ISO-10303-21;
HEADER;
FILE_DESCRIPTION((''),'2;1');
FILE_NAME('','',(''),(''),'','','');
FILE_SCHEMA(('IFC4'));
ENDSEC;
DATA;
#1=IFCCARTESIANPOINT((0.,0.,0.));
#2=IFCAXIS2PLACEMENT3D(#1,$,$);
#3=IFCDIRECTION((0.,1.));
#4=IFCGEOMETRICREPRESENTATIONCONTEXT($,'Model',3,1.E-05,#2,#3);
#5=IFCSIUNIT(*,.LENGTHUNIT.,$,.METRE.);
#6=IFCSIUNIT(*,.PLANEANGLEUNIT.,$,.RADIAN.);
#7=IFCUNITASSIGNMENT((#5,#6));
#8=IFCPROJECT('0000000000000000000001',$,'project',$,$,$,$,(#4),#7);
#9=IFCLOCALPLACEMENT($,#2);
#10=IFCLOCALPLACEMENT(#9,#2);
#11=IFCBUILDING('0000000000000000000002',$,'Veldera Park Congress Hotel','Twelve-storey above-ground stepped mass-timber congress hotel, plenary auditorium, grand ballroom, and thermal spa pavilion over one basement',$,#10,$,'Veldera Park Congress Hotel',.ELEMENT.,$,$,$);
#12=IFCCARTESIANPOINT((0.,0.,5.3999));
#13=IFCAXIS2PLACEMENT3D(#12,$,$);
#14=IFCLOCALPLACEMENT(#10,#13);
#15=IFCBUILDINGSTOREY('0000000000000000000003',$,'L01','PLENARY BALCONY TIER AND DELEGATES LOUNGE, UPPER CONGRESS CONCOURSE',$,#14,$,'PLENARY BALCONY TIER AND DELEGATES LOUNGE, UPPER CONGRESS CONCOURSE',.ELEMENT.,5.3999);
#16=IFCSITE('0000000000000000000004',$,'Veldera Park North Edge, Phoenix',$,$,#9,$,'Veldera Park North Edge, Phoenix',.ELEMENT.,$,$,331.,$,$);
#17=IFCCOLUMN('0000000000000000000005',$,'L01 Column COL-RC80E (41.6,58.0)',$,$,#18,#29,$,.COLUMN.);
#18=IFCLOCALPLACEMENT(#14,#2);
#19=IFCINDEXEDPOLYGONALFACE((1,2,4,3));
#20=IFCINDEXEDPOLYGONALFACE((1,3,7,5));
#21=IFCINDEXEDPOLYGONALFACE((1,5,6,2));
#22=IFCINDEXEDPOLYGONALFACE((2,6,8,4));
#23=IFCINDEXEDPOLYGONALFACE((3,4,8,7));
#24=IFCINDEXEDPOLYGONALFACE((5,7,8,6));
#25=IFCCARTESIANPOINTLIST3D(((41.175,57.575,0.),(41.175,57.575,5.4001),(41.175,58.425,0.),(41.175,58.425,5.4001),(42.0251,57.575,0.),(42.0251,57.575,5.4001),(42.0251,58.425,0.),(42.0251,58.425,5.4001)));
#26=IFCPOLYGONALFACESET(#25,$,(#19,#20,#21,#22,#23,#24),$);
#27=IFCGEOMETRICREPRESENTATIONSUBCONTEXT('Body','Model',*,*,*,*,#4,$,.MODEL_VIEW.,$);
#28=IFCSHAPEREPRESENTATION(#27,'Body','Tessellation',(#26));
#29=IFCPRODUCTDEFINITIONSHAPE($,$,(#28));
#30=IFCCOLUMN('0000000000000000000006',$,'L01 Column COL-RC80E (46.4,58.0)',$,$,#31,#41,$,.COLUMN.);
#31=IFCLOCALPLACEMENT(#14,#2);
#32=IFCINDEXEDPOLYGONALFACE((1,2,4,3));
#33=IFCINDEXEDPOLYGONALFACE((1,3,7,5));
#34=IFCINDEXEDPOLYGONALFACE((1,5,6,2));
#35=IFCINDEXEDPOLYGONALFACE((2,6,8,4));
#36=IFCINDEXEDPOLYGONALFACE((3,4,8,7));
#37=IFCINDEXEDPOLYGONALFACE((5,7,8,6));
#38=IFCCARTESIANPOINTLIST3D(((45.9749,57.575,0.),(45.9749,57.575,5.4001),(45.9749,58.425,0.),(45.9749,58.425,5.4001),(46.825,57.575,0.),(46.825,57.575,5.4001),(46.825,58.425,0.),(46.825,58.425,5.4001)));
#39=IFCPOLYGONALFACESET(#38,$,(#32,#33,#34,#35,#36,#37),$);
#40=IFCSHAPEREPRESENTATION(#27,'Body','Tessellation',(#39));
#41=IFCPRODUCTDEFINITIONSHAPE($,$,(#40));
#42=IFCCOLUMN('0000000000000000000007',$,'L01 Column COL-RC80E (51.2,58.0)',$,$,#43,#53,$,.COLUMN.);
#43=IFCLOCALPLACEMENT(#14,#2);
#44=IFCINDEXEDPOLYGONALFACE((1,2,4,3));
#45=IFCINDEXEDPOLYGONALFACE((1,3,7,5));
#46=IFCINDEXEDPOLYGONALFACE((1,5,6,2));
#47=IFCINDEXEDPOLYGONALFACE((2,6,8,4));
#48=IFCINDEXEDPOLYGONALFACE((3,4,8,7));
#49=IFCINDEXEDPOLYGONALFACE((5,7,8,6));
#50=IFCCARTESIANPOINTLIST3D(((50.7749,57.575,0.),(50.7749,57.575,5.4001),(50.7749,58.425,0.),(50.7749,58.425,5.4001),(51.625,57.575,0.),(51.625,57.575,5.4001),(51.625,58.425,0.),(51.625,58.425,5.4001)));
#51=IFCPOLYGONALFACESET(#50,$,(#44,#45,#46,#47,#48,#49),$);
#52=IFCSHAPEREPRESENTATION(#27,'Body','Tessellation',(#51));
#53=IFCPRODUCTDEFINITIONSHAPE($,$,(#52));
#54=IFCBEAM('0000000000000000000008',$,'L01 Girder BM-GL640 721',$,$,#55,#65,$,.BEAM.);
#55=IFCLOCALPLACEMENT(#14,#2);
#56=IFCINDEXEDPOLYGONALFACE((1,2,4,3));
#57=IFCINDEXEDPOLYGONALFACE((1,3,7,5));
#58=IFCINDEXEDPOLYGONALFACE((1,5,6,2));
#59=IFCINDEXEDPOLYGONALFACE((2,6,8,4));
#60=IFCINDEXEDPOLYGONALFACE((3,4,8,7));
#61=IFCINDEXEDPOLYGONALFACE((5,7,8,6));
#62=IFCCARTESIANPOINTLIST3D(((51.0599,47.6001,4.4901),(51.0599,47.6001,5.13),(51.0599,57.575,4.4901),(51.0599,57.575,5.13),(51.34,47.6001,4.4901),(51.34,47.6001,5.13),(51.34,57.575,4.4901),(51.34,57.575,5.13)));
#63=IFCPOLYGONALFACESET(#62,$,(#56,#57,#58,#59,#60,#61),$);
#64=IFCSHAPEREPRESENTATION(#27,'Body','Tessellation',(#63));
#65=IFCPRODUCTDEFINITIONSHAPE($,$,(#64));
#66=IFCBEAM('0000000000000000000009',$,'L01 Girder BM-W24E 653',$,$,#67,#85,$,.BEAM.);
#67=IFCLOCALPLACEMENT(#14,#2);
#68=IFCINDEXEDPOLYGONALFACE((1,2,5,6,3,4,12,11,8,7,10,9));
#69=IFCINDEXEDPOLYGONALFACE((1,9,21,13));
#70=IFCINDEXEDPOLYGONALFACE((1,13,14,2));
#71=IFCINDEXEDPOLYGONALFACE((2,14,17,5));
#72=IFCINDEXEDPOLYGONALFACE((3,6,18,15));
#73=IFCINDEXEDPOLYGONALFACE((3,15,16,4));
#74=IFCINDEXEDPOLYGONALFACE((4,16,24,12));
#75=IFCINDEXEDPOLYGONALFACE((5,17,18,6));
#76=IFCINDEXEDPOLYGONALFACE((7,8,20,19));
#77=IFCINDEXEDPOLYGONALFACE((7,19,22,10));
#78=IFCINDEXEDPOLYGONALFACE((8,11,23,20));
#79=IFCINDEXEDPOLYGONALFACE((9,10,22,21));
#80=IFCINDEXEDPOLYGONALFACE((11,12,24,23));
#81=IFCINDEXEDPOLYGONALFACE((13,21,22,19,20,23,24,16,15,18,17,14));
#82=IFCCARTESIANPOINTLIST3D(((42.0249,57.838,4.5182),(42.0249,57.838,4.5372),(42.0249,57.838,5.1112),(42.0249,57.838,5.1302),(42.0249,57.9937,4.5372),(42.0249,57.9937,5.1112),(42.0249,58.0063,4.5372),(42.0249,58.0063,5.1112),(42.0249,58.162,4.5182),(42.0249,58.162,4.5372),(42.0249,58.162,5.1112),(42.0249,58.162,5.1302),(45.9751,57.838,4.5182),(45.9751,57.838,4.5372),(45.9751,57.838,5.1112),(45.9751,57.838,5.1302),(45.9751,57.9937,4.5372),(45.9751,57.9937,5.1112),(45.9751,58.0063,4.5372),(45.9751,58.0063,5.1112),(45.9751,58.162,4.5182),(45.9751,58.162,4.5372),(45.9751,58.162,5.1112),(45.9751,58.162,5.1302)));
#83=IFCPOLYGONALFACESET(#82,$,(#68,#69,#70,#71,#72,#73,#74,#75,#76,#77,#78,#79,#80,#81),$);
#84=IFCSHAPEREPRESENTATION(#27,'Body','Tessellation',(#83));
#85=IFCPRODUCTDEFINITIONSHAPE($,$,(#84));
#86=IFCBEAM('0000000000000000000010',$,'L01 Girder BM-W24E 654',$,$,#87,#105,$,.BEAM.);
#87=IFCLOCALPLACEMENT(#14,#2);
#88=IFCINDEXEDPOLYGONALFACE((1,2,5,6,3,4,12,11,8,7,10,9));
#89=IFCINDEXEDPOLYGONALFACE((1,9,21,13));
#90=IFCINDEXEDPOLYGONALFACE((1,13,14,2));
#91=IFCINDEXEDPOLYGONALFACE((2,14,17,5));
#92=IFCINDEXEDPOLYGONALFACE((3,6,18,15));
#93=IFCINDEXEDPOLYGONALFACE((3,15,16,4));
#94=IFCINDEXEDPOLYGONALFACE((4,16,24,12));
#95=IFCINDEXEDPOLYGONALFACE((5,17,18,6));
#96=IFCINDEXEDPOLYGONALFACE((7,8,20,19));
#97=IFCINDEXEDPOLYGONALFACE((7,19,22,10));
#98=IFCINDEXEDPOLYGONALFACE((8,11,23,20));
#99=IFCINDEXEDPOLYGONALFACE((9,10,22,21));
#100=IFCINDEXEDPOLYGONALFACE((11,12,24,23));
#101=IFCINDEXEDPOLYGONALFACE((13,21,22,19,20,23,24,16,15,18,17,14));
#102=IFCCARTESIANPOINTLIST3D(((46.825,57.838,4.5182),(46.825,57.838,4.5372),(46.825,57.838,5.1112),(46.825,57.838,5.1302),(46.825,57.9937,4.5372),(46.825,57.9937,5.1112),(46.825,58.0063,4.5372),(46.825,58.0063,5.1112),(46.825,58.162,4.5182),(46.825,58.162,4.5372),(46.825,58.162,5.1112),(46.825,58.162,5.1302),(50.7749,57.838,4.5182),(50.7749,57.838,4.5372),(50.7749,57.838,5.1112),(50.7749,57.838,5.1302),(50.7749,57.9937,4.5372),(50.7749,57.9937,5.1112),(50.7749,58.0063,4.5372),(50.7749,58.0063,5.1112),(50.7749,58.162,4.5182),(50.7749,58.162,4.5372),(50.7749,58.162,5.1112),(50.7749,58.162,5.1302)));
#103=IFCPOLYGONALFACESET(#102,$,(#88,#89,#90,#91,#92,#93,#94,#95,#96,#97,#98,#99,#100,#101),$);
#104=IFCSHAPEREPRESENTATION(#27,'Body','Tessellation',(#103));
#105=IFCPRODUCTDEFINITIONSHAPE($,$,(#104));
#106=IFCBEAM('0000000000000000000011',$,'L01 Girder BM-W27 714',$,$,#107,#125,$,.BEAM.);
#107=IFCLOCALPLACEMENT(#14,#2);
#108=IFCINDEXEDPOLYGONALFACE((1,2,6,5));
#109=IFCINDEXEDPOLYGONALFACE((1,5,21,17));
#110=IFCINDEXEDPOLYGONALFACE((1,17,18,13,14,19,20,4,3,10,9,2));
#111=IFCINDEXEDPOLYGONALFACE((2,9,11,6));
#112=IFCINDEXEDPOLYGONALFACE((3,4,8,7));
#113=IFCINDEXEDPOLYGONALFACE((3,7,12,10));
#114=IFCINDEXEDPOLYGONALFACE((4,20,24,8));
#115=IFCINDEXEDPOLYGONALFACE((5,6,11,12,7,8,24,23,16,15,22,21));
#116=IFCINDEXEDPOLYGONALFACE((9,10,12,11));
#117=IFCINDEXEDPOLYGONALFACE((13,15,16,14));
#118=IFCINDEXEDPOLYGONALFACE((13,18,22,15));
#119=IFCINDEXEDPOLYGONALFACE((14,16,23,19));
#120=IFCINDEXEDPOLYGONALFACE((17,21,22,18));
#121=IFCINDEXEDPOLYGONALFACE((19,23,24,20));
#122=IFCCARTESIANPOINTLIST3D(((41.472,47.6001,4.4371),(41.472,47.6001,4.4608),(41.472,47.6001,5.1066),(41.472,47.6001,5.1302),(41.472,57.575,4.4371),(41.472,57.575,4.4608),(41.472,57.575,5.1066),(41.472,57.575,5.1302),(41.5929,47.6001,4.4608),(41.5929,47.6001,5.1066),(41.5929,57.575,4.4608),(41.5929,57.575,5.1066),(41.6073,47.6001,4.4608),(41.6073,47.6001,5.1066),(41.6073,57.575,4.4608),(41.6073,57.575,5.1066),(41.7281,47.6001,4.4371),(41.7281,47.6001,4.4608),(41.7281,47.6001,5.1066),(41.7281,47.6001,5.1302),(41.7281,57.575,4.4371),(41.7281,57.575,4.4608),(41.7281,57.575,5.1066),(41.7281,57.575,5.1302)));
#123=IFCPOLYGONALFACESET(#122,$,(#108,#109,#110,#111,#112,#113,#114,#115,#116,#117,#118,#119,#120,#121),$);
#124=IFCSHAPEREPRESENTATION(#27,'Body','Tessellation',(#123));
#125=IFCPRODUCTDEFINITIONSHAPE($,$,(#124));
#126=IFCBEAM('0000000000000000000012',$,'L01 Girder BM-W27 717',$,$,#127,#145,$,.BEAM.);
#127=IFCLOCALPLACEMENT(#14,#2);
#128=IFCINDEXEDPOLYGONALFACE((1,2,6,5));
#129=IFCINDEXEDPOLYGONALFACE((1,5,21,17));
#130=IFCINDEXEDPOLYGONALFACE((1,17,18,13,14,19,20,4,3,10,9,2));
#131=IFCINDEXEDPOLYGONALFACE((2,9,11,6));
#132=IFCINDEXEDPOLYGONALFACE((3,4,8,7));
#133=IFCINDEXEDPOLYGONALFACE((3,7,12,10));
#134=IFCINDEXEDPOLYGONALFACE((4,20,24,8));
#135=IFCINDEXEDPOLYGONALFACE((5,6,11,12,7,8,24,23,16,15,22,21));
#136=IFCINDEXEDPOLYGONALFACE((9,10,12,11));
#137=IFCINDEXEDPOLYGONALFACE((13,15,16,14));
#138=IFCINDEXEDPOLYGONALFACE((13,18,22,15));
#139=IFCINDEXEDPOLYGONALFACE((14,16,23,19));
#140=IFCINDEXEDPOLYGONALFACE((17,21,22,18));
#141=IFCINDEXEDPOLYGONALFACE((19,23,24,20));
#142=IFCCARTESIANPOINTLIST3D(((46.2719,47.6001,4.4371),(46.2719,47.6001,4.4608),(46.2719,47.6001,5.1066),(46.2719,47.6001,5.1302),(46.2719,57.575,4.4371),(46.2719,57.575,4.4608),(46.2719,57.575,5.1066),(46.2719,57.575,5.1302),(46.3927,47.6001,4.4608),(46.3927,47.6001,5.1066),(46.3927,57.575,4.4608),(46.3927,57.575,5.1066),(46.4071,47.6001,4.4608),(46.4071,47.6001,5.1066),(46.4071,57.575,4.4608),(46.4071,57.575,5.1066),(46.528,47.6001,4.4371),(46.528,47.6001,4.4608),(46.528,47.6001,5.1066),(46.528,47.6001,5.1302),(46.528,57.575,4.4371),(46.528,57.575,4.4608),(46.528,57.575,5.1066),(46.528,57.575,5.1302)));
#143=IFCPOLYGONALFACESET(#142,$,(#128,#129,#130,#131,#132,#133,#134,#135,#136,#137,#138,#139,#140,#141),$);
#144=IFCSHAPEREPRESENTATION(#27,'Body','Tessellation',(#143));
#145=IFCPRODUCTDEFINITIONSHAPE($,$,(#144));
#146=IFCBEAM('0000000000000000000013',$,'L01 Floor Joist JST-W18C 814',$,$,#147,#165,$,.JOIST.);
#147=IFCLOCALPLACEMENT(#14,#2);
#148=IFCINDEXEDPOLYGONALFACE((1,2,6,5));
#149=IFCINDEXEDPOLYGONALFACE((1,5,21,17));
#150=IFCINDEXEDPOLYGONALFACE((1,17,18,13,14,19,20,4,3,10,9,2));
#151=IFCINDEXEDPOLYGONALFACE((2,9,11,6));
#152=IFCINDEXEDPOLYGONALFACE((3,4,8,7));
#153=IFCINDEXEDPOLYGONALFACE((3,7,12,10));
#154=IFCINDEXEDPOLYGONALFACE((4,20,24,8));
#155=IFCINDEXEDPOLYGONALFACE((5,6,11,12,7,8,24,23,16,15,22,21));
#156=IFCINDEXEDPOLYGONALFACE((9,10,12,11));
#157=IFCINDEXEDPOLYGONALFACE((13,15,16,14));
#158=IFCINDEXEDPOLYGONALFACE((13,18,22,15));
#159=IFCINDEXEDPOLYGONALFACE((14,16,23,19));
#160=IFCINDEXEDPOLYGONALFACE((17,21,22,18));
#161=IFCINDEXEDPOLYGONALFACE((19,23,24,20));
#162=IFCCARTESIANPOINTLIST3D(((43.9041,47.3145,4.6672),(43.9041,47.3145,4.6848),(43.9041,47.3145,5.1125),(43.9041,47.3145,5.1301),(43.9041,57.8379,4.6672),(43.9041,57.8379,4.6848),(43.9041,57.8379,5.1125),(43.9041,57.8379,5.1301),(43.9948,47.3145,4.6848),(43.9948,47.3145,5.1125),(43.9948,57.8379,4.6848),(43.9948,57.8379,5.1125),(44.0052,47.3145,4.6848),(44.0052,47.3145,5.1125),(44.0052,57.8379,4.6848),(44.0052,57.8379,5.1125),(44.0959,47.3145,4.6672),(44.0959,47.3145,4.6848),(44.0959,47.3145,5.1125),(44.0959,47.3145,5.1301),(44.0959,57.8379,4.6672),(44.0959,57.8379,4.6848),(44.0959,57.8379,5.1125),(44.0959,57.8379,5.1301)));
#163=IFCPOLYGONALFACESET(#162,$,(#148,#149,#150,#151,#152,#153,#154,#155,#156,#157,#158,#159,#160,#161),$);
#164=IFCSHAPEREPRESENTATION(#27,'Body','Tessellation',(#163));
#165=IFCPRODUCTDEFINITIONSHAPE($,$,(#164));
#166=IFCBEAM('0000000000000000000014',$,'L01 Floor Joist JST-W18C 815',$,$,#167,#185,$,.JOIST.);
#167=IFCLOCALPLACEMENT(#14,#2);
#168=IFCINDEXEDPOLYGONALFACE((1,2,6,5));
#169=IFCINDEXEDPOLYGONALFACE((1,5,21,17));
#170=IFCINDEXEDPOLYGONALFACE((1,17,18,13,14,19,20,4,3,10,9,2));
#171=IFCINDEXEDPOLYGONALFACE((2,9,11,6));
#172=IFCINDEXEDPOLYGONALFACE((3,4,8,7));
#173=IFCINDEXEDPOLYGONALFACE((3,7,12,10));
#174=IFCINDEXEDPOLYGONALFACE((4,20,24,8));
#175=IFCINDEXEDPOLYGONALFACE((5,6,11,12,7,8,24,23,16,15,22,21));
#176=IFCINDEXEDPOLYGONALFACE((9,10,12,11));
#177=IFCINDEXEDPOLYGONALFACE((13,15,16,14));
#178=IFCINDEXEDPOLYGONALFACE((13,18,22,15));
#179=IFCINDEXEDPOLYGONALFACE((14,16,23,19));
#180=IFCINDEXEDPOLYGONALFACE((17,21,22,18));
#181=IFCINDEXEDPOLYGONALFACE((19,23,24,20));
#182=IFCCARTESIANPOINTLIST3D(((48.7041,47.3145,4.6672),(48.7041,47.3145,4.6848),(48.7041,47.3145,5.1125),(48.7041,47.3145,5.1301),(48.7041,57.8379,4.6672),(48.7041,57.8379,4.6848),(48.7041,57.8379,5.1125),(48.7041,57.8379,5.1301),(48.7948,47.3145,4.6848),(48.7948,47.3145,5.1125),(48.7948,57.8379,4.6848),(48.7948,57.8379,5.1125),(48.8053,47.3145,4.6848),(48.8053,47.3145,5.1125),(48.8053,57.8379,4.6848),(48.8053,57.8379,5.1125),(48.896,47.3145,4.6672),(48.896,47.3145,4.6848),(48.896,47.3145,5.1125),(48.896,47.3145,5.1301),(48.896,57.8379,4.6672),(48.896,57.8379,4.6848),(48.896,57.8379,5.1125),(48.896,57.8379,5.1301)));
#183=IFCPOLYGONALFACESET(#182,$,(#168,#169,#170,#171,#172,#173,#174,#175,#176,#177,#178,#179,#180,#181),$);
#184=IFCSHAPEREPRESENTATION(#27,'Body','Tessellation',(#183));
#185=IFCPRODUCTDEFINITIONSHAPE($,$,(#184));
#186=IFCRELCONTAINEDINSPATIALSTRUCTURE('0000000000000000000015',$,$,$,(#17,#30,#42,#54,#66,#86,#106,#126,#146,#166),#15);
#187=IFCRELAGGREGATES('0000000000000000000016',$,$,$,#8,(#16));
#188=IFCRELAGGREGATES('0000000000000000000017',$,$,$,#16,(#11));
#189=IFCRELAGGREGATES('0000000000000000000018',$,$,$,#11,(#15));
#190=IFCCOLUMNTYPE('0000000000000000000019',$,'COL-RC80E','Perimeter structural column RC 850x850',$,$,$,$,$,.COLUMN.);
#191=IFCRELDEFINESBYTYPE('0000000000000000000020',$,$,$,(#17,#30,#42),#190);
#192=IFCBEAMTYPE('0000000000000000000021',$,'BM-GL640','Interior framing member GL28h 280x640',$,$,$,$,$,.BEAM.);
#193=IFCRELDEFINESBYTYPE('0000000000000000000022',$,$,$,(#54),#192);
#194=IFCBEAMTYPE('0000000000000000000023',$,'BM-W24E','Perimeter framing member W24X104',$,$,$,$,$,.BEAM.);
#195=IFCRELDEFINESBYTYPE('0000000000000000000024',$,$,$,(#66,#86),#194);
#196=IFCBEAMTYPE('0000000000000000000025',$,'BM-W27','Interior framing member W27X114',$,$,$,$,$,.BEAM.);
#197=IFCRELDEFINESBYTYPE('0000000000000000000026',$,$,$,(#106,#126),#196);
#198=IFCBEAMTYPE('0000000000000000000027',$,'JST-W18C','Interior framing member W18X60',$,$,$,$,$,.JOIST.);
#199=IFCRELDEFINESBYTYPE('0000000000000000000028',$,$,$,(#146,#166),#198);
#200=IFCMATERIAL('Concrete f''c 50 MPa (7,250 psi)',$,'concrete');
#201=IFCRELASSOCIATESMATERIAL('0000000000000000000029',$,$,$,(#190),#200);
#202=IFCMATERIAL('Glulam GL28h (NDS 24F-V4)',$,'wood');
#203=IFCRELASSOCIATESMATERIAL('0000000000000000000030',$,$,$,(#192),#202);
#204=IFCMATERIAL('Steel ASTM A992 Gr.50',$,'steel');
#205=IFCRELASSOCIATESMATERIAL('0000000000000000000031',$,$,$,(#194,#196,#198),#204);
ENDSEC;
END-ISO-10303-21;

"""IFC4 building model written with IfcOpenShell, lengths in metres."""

from ifc_helpers import new_model, si_unit, direction, frame, origin, origin_2d, place, context, subcontext, project, spatial, rectangle, i_section, extrude, material, material_profile, profile_set, type_object, element, save


model = new_model("IFC4")

# Units and contexts
model_context = context("Model", 3, precision=1e-05, world=origin(), true_north=direction((0.0, 1.0)))
body_context = subcontext(model_context, "Body", "Model", "MODEL_VIEW")
ifc_project = project(units=[si_unit("LENGTHUNIT", "METRE"), si_unit("PLANEANGLEUNIT", "RADIAN")], contexts=[model_context])

# Site, building, storey
site_placement = place(None, origin())
site = spatial("IfcSite", under=ifc_project, at=site_placement, Name="Veldera Park North Edge, Phoenix", LongName="Veldera Park North Edge, Phoenix", CompositionType="ELEMENT", RefElevation=331.0)
building_placement = place(site_placement, origin())
building = spatial("IfcBuilding", under=site, at=building_placement, Name="Veldera Park Congress Hotel", Description="Twelve-storey above-ground stepped mass-timber congress hotel, plenary auditorium, grand ballroom, and thermal spa pavilion over one basement", LongName="Veldera Park Congress Hotel", CompositionType="ELEMENT")
storey_placement = place(building_placement, frame((0.0, 0.0, 5.3999)))
storey = spatial("IfcBuildingStorey", under=building, at=storey_placement, Name="L01", Description="PLENARY BALCONY TIER AND DELEGATES LOUNGE, UPPER CONGRESS CONCOURSE", LongName="PLENARY BALCONY TIER AND DELEGATES LOUNGE, UPPER CONGRESS CONCOURSE", CompositionType="ELEMENT", Elevation=5.3999)

# Columns
ifc_material_1 = material(Name="Concrete f'c 50 MPa (7,250 psi)", Category="concrete")
ifc_material_profile_1 = material_profile(ifc_material_1, rectangle(XDim=0.8501, YDim=0.8501, at=origin_2d()), Name="RC 850x850")
ifc_profile_set_1 = profile_set([ifc_material_profile_1], Name="Concrete f'c 50 MPa (7,250 psi)")
column_type = type_object("IfcColumnType", Name="COL-RC80E", Description="Perimeter structural column RC 850x850", PredefinedType="COLUMN", material=ifc_profile_set_1)
for number, where, z_axis, x_axis, name in (
    (1, (41.6001, 58.0, 0.0), (0.0, 0.0, 1.0), (1.0, 0.0, 0.0), "L01 Column COL-RC80E (41.6,58.0)"),
    (2, (46.3999, 58.0, 0.0), (0.0, 0.0, 1.0), (1.0, 0.0, 0.0), "L01 Column COL-RC80E (46.4,58.0)"),
    (3, (51.2, 58.0, 0.0), (0.0, 0.0, 1.0), (1.0, 0.0, 0.0), "L01 Column COL-RC80E (51.2,58.0)"),
):
    element("IfcColumn", number, at=place(storey_placement, frame(where, z_axis=z_axis, x_axis=x_axis)), inside=storey, type_object=column_type, Name=name, PredefinedType="COLUMN", context=body_context, shape_type="SweptSolid", body=[
        extrude(rectangle(XDim=0.8501, YDim=0.8501, at=origin_2d()), origin(), (0.0, 0.0, 1.0), 5.4001),
    ])

# Beams
ifc_material_2 = material(Name="Glulam GL28h (NDS 24F-V4)", Category="wood")
ifc_material_profile_2 = material_profile(ifc_material_2, rectangle(XDim=0.28, YDim=0.6399, at=origin_2d()), Name="GL28h 280x640")
ifc_profile_set_2 = profile_set([ifc_material_profile_2], Name="Glulam GL28h (NDS 24F-V4)")
beam_type_1 = type_object("IfcBeamType", Name="BM-GL640", Description="Interior framing member GL28h 280x640", PredefinedType="BEAM", material=ifc_profile_set_2)
beam_1_placement = place(storey_placement, frame((51.2, 47.6001, 4.8101), z_axis=(0.0, 1.0, 0.0), x_axis=(-1.0, 0.0, 0.0)))
element("IfcBeam", 4, at=beam_1_placement, inside=storey, type_object=beam_type_1, Name="L01 Girder BM-GL640 721", PredefinedType="BEAM", context=body_context, shape_type="SweptSolid", body=[
    extrude(rectangle(XDim=0.28, YDim=0.6399, at=origin_2d()), origin(), (0.0, 0.0, 1.0), 9.9749),
])
ifc_material_3 = material(Name="Steel ASTM A992 Gr.50", Category="steel")
ifc_material_profile_3 = material_profile(ifc_material_3, i_section(OverallWidth=0.324, OverallDepth=0.6121, WebThickness=0.0127, FlangeThickness=0.019, at=origin_2d()), Name="W24X104")
ifc_profile_set_3 = profile_set([ifc_material_profile_3], Name="Steel ASTM A992 Gr.50")
beam_type_2 = type_object("IfcBeamType", Name="BM-W24E", Description="Perimeter framing member W24X104", PredefinedType="BEAM", material=ifc_profile_set_3)
beam_2_placement = place(storey_placement, frame((42.0249, 58.0, 4.8242), z_axis=(1.0, 0.0, 0.0), x_axis=(0.0, 1.0, 0.0)))
element("IfcBeam", 5, at=beam_2_placement, inside=storey, type_object=beam_type_2, Name="L01 Girder BM-W24E 653", PredefinedType="BEAM", context=body_context, shape_type="SweptSolid", body=[
    extrude(i_section(OverallWidth=0.324, OverallDepth=0.6121, WebThickness=0.0127, FlangeThickness=0.019, at=origin_2d()), origin(), (0.0, 0.0, 1.0), 3.9502),
])
beam_3_placement = place(storey_placement, frame((46.825, 58.0, 4.8242), z_axis=(1.0, 0.0, 0.0), x_axis=(0.0, 1.0, 0.0)))
element("IfcBeam", 6, at=beam_3_placement, inside=storey, type_object=beam_type_2, Name="L01 Girder BM-W24E 654", PredefinedType="BEAM", context=body_context, shape_type="SweptSolid", body=[
    extrude(i_section(OverallWidth=0.324, OverallDepth=0.6121, WebThickness=0.0127, FlangeThickness=0.019, at=origin_2d()), origin(), (0.0, 0.0, 1.0), 3.95),
])
ifc_material_profile_4 = material_profile(ifc_material_3, i_section(OverallWidth=0.2561, OverallDepth=0.6931, WebThickness=0.0144, FlangeThickness=0.0237, at=origin_2d()), Name="W27X114")
ifc_profile_set_4 = profile_set([ifc_material_profile_4], Name="Steel ASTM A992 Gr.50")
beam_type_3 = type_object("IfcBeamType", Name="BM-W27", Description="Interior framing member W27X114", PredefinedType="BEAM", material=ifc_profile_set_4)
for number, where, z_axis, x_axis, name in (
    (7, (41.6001, 47.6001, 4.7837), (0.0, 1.0, 0.0), (-1.0, 0.0, 0.0), "L01 Girder BM-W27 714"),
    (8, (46.3999, 47.6001, 4.7837), (0.0, 1.0, 0.0), (-1.0, 0.0, 0.0), "L01 Girder BM-W27 717"),
):
    element("IfcBeam", number, at=place(storey_placement, frame(where, z_axis=z_axis, x_axis=x_axis)), inside=storey, type_object=beam_type_3, Name=name, PredefinedType="BEAM", context=body_context, shape_type="SweptSolid", body=[
        extrude(i_section(OverallWidth=0.2561, OverallDepth=0.6931, WebThickness=0.0144, FlangeThickness=0.0237, at=origin_2d()), origin(), (0.0, 0.0, 1.0), 9.9749),
    ])
ifc_material_profile_5 = material_profile(ifc_material_3, i_section(OverallWidth=0.1919, OverallDepth=0.4629, WebThickness=0.0105, FlangeThickness=0.0176, at=origin_2d()), Name="W18X60")
ifc_profile_set_5 = profile_set([ifc_material_profile_5], Name="Steel ASTM A992 Gr.50")
beam_type_4 = type_object("IfcBeamType", Name="JST-W18C", Description="Interior framing member W18X60", PredefinedType="JOIST", material=ifc_profile_set_5)
for number, where, z_axis, x_axis, name in (
    (9, (44.0, 47.3145, 4.8987), (0.0, 1.0, 0.0), (-1.0, 0.0, 0.0), "L01 Floor Joist JST-W18C 814"),
    (10, (48.8, 47.3145, 4.8987), (0.0, 1.0, 0.0), (-1.0, 0.0, 0.0), "L01 Floor Joist JST-W18C 815"),
):
    element("IfcBeam", number, at=place(storey_placement, frame(where, z_axis=z_axis, x_axis=x_axis)), inside=storey, type_object=beam_type_4, Name=name, PredefinedType="JOIST", context=body_context, shape_type="SweptSolid", body=[
        extrude(i_section(OverallWidth=0.1919, OverallDepth=0.4629, WebThickness=0.0105, FlangeThickness=0.0176, at=origin_2d()), origin(), (0.0, 0.0, 1.0), 10.5234),
    ])

save(model, "model.ifc")
